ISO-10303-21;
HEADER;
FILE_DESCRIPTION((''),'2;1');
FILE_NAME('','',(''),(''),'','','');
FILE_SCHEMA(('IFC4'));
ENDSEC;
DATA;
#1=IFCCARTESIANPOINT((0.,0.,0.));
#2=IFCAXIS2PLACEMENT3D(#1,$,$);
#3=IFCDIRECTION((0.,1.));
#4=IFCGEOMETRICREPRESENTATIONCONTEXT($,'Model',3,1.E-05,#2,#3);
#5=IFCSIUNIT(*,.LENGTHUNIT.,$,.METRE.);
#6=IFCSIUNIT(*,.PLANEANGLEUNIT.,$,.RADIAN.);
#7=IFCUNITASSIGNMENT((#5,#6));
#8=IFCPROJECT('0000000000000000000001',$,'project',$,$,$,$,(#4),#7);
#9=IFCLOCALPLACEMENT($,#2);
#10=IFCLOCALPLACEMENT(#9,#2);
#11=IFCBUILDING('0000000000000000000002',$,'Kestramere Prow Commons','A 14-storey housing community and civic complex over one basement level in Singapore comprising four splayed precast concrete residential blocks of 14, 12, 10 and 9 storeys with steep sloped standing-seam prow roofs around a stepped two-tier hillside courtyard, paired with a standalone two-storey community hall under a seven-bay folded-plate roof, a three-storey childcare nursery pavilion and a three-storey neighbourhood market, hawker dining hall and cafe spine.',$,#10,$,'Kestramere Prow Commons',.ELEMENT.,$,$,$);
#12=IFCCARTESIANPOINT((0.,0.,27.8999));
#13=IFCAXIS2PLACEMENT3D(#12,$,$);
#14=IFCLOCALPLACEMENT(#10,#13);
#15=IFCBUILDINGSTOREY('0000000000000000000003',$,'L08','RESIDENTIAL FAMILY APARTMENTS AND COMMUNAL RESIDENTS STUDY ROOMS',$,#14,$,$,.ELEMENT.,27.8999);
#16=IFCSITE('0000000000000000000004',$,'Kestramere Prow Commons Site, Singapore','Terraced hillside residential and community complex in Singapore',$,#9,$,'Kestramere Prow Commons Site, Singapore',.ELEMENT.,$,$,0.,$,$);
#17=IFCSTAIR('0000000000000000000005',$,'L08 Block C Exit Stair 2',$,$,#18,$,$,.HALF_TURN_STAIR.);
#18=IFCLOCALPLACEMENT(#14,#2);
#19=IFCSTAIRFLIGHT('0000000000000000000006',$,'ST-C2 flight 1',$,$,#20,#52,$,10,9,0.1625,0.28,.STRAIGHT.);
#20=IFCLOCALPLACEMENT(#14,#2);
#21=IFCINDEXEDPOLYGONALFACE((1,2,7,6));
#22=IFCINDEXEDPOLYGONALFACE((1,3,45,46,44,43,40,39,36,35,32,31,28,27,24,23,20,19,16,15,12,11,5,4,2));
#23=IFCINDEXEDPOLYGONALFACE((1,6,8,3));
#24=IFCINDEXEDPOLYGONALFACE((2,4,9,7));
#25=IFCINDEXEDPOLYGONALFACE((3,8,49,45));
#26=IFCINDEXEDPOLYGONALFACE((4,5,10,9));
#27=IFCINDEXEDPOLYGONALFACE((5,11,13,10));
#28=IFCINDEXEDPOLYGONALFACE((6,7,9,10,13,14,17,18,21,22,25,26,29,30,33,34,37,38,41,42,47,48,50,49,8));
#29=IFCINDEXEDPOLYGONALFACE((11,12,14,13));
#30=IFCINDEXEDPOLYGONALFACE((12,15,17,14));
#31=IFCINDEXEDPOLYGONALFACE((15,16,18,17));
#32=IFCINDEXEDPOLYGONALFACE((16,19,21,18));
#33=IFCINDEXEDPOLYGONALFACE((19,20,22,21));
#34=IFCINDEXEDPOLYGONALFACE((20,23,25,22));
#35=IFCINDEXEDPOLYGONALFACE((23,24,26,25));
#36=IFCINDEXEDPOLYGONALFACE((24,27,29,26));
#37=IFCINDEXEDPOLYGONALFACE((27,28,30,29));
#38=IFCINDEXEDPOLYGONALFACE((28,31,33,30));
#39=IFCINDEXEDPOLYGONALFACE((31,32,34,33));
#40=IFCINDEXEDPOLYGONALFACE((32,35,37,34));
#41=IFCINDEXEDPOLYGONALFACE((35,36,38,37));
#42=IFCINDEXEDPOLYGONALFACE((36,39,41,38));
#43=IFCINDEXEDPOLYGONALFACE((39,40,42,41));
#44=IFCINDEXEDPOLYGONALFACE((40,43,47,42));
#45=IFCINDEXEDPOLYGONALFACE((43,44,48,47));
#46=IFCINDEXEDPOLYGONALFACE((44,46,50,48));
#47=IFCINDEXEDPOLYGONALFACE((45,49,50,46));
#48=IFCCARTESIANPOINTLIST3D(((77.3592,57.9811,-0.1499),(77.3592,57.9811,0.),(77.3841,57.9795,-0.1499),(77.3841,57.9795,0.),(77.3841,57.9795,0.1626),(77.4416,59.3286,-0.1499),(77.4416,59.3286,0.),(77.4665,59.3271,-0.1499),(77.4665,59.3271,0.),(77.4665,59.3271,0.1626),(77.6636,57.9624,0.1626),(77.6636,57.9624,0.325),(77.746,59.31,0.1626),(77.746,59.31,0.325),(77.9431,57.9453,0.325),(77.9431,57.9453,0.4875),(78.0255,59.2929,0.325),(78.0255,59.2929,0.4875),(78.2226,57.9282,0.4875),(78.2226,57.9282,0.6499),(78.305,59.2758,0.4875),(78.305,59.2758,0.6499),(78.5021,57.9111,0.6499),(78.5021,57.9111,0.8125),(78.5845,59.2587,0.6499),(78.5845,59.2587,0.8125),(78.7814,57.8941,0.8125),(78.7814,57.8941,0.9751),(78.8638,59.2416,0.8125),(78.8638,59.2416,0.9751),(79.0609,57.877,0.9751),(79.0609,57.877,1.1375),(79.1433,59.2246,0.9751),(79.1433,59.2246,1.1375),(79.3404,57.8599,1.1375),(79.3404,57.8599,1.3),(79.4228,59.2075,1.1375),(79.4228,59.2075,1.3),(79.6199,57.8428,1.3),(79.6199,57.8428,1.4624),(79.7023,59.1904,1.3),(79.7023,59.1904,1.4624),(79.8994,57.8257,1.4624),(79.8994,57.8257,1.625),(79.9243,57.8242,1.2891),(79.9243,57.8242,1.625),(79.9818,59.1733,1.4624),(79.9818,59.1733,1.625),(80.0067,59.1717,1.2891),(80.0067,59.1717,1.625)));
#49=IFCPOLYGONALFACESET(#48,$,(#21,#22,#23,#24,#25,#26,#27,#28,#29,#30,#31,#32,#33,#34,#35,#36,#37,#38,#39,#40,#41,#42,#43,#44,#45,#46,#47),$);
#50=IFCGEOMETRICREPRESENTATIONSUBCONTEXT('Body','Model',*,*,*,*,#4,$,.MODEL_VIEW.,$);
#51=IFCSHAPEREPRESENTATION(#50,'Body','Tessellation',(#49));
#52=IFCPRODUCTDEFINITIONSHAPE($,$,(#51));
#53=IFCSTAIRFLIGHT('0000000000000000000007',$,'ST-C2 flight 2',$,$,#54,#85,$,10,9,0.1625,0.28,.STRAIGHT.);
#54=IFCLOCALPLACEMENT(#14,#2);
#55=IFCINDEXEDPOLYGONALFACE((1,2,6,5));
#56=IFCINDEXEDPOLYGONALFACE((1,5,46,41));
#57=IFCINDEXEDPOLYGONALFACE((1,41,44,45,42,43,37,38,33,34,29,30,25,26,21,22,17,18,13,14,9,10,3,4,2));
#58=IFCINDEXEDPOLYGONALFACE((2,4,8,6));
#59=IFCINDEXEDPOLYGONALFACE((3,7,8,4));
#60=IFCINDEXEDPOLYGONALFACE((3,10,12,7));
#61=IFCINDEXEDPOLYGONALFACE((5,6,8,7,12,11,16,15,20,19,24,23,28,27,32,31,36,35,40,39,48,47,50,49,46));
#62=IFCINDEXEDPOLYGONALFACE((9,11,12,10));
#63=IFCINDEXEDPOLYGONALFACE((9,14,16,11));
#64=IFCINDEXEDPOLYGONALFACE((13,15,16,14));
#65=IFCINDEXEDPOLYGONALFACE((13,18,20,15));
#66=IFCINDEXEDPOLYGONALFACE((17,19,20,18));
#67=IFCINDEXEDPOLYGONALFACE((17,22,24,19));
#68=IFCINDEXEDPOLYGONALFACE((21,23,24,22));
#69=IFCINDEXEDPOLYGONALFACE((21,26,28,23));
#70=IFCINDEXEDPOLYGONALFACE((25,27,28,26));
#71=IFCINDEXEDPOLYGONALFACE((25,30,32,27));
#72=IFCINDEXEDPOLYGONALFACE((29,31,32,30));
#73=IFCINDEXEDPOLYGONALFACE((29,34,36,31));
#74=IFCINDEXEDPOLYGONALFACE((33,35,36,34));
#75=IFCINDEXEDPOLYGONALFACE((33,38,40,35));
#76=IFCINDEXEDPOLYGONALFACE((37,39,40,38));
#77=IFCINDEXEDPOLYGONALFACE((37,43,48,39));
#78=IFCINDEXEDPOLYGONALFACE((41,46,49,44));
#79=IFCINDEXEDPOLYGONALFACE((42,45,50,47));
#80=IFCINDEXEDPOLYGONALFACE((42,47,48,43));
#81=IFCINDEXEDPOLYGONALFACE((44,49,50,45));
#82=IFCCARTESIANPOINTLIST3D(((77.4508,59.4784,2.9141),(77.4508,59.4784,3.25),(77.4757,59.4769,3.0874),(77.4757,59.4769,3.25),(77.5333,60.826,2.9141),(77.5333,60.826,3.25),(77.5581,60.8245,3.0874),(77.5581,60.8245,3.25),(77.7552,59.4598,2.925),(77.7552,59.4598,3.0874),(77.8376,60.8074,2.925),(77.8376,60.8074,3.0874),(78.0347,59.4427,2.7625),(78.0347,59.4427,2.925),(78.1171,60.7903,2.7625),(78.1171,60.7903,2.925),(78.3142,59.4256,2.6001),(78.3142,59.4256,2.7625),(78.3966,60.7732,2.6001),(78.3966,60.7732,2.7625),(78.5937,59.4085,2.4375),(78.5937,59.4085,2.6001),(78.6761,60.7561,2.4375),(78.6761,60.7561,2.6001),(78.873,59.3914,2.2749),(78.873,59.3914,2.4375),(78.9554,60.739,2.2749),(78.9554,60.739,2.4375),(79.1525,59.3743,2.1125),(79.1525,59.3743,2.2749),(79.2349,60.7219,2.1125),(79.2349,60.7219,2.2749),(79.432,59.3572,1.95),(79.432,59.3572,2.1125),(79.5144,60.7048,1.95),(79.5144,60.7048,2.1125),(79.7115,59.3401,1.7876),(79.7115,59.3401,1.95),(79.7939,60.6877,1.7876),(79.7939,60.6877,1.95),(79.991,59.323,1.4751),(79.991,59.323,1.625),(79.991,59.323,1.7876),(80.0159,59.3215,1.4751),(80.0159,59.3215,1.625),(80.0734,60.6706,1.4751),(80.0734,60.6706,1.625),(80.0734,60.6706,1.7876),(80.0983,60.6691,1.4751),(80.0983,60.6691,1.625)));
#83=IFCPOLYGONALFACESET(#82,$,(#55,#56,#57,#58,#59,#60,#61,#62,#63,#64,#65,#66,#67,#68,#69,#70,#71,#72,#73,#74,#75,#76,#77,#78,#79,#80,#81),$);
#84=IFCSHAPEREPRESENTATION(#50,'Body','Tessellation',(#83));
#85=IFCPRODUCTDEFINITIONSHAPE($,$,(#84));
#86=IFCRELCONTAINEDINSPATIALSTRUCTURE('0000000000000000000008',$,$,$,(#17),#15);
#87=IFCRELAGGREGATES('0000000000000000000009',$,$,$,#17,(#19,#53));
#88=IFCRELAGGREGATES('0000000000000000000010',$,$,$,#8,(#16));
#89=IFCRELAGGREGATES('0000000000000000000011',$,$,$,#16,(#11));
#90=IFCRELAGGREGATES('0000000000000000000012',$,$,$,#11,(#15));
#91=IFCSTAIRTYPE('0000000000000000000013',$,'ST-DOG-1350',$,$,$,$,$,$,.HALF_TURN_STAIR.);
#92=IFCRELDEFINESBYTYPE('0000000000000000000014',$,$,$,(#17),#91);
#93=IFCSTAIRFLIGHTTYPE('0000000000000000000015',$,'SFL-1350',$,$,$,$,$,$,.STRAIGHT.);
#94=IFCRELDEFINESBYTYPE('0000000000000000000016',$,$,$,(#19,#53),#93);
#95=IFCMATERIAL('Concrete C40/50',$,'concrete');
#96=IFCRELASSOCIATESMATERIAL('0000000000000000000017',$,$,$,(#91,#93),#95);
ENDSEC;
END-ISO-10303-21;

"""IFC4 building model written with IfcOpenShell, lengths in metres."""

from ifc_helpers import new_model, si_unit, direction, frame, origin, place, context, subcontext, project, spatial, polyline, outline, extrude, material, type_object, element, aggregate, save


model = new_model("IFC4")

# Units and contexts
model_context = context("Model", 3, precision=1e-05, world=origin(), true_north=direction((0.0, 1.0)))
body_context = subcontext(model_context, "Body", "Model", "MODEL_VIEW")
ifc_project = project(units=[si_unit("LENGTHUNIT", "METRE"), si_unit("PLANEANGLEUNIT", "RADIAN")], contexts=[model_context])

# Site, building, storey
site_placement = place(None, origin())
site = spatial("IfcSite", under=ifc_project, at=site_placement, Name="Kestramere Prow Commons Site, Singapore", Description="Terraced hillside residential and community complex in Singapore", LongName="Kestramere Prow Commons Site, Singapore", CompositionType="ELEMENT", RefElevation=0.0)
building_placement = place(site_placement, origin())
building = spatial("IfcBuilding", under=site, at=building_placement, Name="Kestramere Prow Commons", Description="A 14-storey housing community and civic complex over one basement level in Singapore comprising four splayed precast concrete residential blocks of 14, 12, 10 and 9 storeys with steep sloped standing-seam prow roofs around a stepped two-tier hillside courtyard, paired with a standalone two-storey community hall under a seven-bay folded-plate roof, a three-storey childcare nursery pavilion and a three-storey neighbourhood market, hawker dining hall and cafe spine.", LongName="Kestramere Prow Commons", CompositionType="ELEMENT")
storey_placement = place(building_placement, frame((0.0, 0.0, 27.8999)))
storey = spatial("IfcBuildingStorey", under=building, at=storey_placement, Name="L08", Description="RESIDENTIAL FAMILY APARTMENTS AND COMMUNAL RESIDENTS STUDY ROOMS", CompositionType="ELEMENT", Elevation=27.8999)

# Stair, stair flights
ifc_material_1 = material(Name="Concrete C40/50", Category="concrete")
stair_type = type_object("IfcStairType", Name="ST-DOG-1350", PredefinedType="HALF_TURN_STAIR", material=ifc_material_1)
stair_placement = place(storey_placement, origin())
stair = element("IfcStair", 1, at=stair_placement, inside=storey, type_object=stair_type, Name="L08 Block C Exit Stair 2", PredefinedType="HALF_TURN_STAIR")
stair_flight_type = type_object("IfcStairFlightType", Name="SFL-1350", PredefinedType="STRAIGHT", material=ifc_material_1)
stair_flight_1_placement = place(storey_placement, frame((77.4253, 58.6533, 0.0), z_axis=(0.0, 0.0, 1.0), x_axis=(0.998135, -0.061049, 0.0)))
stair_flight_1 = element("IfcStairFlight", 2, at=stair_flight_1_placement, type_object=stair_flight_type, Name="ST-C2 flight 1", NumberOfRisers=10, NumberOfTreads=9, PredefinedType="STRAIGHT", RiserHeight=0.1625, TreadLength=0.28, context=body_context, shape_type="SweptSolid", body=[
    extrude(outline(polyline([(-0.0249, 0.0), (0.0, 0.0), (0.0, 0.1626), (0.28, 0.1626), (0.28, 0.325), (0.5601, 0.325), (0.5601, 0.4875), (0.8401, 0.4875), (0.8401, 0.6499), (1.1201, 0.6499), (1.1201, 0.8125), (1.3999, 0.8125), (1.3999, 0.9751), (1.6799, 0.9751), (1.6799, 1.1375), (1.96, 1.1375), (1.96, 1.3), (2.24, 1.3), (2.24, 1.4624), (2.52, 1.4624), (2.52, 1.625), (2.5449, 1.625), (2.5449, 1.2891), (0.0, -0.1499), (-0.0249, -0.1499), (-0.0249, 0.0)])), frame((0.0, 0.675, 0.0), z_axis=(0.0, -1.0, 0.0), x_axis=(1.0, 0.0, 0.0)), (0.0, 0.0, 1.0), 1.3501),
])
stair_flight_2_placement = place(storey_placement, frame((80.0322, 59.9968, 1.625), z_axis=(0.0, 0.0, 1.0), x_axis=(-0.998135, 0.061049, 0.0)))
stair_flight_2 = element("IfcStairFlight", 3, at=stair_flight_2_placement, type_object=stair_flight_type, Name="ST-C2 flight 2", NumberOfRisers=10, NumberOfTreads=9, PredefinedType="STRAIGHT", RiserHeight=0.1625, TreadLength=0.28, context=body_context, shape_type="SweptSolid", body=[
    extrude(outline(polyline([(-0.0249, 0.0), (0.0, 0.0), (0.0, 0.1626), (0.28, 0.1626), (0.28, 0.325), (0.5601, 0.325), (0.5601, 0.4875), (0.8401, 0.4875), (0.8401, 0.6499), (1.1201, 0.6499), (1.1201, 0.8125), (1.3999, 0.8125), (1.3999, 0.9751), (1.6799, 0.9751), (1.6799, 1.1375), (1.96, 1.1375), (1.96, 1.3), (2.24, 1.3), (2.24, 1.4624), (2.52, 1.4624), (2.52, 1.625), (2.5449, 1.625), (2.5449, 1.2891), (0.0, -0.1499), (-0.0249, -0.1499), (-0.0249, 0.0)])), frame((0.0, 0.675, 0.0), z_axis=(0.0, -1.0, 0.0), x_axis=(1.0, 0.0, 0.0)), (0.0, 0.0, 1.0), 1.3501),
])
aggregate(stair, [stair_flight_1, stair_flight_2])

save(model, "model.ifc")
